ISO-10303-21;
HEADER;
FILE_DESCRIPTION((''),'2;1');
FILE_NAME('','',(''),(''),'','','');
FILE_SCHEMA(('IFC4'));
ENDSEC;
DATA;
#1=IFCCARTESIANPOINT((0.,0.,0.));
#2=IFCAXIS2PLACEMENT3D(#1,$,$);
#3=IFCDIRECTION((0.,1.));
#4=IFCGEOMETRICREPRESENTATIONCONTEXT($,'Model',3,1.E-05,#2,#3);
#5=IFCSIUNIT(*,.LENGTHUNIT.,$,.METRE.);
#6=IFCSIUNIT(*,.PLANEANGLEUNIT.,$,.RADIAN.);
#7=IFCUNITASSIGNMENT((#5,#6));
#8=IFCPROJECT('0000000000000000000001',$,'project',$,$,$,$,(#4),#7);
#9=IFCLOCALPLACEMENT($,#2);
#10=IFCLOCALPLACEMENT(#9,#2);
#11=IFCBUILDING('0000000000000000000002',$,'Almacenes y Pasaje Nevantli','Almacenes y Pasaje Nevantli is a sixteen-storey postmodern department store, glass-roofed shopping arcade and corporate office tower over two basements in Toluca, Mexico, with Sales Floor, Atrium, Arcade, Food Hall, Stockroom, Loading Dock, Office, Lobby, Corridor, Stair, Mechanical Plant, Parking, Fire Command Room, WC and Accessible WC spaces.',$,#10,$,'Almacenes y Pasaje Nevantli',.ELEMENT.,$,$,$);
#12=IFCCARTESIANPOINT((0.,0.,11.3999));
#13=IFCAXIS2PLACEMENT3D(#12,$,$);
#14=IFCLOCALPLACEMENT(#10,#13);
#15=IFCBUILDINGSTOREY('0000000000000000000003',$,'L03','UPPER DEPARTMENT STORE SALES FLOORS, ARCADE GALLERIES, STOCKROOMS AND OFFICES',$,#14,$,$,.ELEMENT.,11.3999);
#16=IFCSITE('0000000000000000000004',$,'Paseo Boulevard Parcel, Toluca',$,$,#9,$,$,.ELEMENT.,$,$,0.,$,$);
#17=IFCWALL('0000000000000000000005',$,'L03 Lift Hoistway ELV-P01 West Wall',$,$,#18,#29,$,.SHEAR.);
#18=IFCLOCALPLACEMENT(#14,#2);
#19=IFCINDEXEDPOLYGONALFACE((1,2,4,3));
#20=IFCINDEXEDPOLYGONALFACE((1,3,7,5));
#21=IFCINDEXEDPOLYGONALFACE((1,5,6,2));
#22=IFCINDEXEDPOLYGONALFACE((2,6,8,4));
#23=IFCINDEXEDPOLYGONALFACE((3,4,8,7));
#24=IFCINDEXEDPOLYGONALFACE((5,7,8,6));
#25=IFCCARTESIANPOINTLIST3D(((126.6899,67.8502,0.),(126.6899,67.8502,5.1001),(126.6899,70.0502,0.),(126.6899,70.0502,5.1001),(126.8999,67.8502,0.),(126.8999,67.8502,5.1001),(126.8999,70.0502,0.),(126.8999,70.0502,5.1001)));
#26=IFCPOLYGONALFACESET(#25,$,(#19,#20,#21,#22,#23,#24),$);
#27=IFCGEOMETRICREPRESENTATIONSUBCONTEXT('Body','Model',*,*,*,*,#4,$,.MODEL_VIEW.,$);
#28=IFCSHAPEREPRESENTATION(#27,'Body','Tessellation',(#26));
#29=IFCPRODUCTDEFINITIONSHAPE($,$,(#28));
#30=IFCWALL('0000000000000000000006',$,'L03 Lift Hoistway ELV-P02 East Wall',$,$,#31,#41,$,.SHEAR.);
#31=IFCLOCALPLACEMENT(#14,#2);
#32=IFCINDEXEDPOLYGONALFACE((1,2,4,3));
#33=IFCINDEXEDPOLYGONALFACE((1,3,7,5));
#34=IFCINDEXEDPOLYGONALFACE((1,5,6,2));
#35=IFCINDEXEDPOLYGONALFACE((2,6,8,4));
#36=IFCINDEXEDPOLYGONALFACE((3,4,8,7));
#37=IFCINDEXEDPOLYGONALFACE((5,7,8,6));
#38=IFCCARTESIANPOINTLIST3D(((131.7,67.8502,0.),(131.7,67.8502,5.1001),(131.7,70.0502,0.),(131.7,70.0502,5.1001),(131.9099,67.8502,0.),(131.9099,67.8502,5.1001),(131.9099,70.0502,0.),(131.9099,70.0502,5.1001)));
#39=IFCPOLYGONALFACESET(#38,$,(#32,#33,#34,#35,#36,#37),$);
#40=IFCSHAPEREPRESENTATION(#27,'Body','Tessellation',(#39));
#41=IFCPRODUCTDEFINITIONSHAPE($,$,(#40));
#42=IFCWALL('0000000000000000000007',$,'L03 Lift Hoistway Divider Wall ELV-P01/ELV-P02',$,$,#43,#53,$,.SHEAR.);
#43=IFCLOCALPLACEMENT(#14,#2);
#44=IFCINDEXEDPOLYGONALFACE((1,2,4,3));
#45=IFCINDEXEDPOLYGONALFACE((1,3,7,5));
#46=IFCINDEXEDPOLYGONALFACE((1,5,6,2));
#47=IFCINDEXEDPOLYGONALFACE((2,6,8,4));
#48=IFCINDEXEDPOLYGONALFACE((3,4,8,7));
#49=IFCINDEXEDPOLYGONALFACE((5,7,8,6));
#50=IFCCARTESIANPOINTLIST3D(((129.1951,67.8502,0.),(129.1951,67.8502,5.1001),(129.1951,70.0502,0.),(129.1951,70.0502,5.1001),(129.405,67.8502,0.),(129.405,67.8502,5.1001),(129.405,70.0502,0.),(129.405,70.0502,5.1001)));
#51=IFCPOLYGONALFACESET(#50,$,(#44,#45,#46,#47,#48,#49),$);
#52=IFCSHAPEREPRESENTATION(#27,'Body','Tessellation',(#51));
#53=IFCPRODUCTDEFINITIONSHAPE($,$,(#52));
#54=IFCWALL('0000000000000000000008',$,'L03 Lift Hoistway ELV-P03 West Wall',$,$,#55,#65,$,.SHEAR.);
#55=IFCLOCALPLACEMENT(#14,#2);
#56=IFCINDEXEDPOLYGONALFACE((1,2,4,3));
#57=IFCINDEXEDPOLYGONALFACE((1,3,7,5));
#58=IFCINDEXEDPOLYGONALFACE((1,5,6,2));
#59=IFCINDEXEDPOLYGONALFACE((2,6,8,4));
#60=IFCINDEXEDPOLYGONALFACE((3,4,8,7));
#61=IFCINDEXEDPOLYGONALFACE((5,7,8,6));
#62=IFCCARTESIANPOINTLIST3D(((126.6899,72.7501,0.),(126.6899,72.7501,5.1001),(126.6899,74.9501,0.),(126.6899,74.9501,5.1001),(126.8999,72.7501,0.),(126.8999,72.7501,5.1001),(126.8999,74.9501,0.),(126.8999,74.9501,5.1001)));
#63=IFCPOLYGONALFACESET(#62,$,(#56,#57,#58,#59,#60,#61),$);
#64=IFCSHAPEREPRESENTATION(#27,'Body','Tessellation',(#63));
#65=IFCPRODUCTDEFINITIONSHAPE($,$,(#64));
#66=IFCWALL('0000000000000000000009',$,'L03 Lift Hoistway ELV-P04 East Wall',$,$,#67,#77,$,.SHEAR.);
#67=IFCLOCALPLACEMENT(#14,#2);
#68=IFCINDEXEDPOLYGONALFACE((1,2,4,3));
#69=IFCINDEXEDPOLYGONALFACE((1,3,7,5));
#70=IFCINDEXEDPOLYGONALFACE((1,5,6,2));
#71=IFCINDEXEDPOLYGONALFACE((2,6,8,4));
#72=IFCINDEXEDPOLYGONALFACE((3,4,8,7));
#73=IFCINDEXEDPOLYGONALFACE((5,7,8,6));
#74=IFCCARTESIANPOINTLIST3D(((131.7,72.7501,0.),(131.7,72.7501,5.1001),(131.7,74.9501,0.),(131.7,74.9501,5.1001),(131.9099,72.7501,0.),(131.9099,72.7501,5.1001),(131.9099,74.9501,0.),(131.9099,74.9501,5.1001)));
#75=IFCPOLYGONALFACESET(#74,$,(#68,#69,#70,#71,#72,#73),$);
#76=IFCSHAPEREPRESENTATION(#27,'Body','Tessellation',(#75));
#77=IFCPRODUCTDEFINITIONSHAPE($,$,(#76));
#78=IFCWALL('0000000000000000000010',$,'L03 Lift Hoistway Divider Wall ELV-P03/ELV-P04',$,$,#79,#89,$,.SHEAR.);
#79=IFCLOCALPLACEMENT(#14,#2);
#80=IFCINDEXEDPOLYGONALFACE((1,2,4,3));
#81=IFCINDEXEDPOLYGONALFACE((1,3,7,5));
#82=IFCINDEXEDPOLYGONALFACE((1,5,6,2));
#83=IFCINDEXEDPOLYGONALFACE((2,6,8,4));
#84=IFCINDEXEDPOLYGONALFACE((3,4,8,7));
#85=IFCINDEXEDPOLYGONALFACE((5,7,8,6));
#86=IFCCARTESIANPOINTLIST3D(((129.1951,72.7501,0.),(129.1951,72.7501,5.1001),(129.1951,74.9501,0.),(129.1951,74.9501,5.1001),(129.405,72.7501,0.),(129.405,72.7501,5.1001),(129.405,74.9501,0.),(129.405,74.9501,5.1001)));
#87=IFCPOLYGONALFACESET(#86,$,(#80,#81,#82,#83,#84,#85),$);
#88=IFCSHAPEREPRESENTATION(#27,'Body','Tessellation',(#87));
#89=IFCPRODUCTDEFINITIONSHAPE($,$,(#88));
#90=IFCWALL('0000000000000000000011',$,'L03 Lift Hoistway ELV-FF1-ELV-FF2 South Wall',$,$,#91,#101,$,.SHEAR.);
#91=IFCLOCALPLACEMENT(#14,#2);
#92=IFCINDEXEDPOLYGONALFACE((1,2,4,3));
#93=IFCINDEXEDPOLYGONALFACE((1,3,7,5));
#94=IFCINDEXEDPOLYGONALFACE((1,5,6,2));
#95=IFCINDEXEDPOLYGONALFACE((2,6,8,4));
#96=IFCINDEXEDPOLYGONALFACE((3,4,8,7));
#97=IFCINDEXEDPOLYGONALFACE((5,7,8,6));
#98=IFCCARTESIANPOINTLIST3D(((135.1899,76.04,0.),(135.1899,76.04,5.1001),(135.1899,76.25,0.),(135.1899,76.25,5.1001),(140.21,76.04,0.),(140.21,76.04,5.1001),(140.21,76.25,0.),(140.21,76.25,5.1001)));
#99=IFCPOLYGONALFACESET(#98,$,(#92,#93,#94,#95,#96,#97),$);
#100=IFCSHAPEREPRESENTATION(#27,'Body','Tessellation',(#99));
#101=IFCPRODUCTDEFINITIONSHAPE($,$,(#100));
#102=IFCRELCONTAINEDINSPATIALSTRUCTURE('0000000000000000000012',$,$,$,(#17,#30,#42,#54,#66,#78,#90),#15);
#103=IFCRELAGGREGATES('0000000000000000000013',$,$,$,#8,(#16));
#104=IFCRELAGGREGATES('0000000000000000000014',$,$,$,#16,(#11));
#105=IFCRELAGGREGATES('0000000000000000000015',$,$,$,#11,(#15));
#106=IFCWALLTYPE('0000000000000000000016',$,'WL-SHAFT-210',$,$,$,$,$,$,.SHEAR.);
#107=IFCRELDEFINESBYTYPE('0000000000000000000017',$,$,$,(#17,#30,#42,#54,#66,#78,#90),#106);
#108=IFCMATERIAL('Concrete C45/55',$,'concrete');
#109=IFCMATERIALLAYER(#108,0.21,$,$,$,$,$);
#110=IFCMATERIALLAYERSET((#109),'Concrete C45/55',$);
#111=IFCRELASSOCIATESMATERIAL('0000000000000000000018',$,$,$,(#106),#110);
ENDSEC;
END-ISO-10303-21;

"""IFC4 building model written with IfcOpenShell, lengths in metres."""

from ifc_helpers import new_model, si_unit, direction, frame, frame_2d, origin, place, context, subcontext, project, spatial, rectangle, extrude, material, layer, layer_set, type_object, element, save


model = new_model("IFC4")

# Units and contexts
model_context = context("Model", 3, precision=1e-05, world=origin(), true_north=direction((0.0, 1.0)))
body_context = subcontext(model_context, "Body", "Model", "MODEL_VIEW")
ifc_project = project(units=[si_unit("LENGTHUNIT", "METRE"), si_unit("PLANEANGLEUNIT", "RADIAN")], contexts=[model_context])

# Site, building, storey
site_placement = place(None, origin())
site = spatial("IfcSite", under=ifc_project, at=site_placement, Name="Paseo Boulevard Parcel, Toluca", CompositionType="ELEMENT", RefElevation=0.0)
building_placement = place(site_placement, origin())
building = spatial("IfcBuilding", under=site, at=building_placement, Name="Almacenes y Pasaje Nevantli", Description="Almacenes y Pasaje Nevantli is a sixteen-storey postmodern department store, glass-roofed shopping arcade and corporate office tower over two basements in Toluca, Mexico, with Sales Floor, Atrium, Arcade, Food Hall, Stockroom, Loading Dock, Office, Lobby, Corridor, Stair, Mechanical Plant, Parking, Fire Command Room, WC and Accessible WC spaces.", LongName="Almacenes y Pasaje Nevantli", CompositionType="ELEMENT")
storey_placement = place(building_placement, frame((0.0, 0.0, 11.3999)))
storey = spatial("IfcBuildingStorey", under=building, at=storey_placement, Name="L03", Description="UPPER DEPARTMENT STORE SALES FLOORS, ARCADE GALLERIES, STOCKROOMS AND OFFICES", CompositionType="ELEMENT", Elevation=11.3999)

# Walls
ifc_material_1 = material(Name="Concrete C45/55", Category="concrete")
ifc_layer_1 = layer(ifc_material_1, 0.21)
ifc_layer_set_1 = layer_set([ifc_layer_1], Name="Concrete C45/55")
wall_type_1 = type_object("IfcWallType", Name="WL-SHAFT-210", PredefinedType="SHEAR", material=ifc_layer_set_1)
for number, where, z_axis, x_axis, name in (
    (1, (126.7949, 67.8501, 0.0), (0.0, 0.0, 1.0), (0.0, 1.0, 0.0), "L03 Lift Hoistway ELV-P01 West Wall"),
    (2, (131.8049, 67.8501, 0.0), (0.0, 0.0, 1.0), (0.0, 1.0, 0.0), "L03 Lift Hoistway ELV-P02 East Wall"),
    (3, (129.3, 67.8501, 0.0), (0.0, 0.0, 1.0), (0.0, 1.0, 0.0), "L03 Lift Hoistway Divider Wall ELV-P01/ELV-P02"),
    (4, (126.7949, 72.75, 0.0), (0.0, 0.0, 1.0), (0.0, 1.0, 0.0), "L03 Lift Hoistway ELV-P03 West Wall"),
    (5, (131.8049, 72.75, 0.0), (0.0, 0.0, 1.0), (0.0, 1.0, 0.0), "L03 Lift Hoistway ELV-P04 East Wall"),
    (6, (129.3, 72.75, 0.0), (0.0, 0.0, 1.0), (0.0, 1.0, 0.0), "L03 Lift Hoistway Divider Wall ELV-P03/ELV-P04"),
):
    element("IfcWall", number, at=place(storey_placement, frame(where, z_axis=z_axis, x_axis=x_axis)), inside=storey, type_object=wall_type_1, Name=name, PredefinedType="SHEAR", context=body_context, shape_type="SweptSolid", body=[
        extrude(rectangle(XDim=2.2, YDim=0.21, at=frame_2d((1.1001, 0.0))), origin(), (0.0, 0.0, 1.0), 5.1001),
    ])
wall_1_placement = place(storey_placement, frame((135.1899, 76.145, 0.0), z_axis=(0.0, 0.0, 1.0), x_axis=(1.0, 0.0, 0.0)))
element("IfcWall", 7, at=wall_1_placement, inside=storey, type_object=wall_type_1, Name="L03 Lift Hoistway ELV-FF1-ELV-FF2 South Wall", PredefinedType="SHEAR", context=body_context, shape_type="SweptSolid", body=[
    extrude(rectangle(XDim=5.02, YDim=0.21, at=frame_2d((2.51, 0.0))), origin(), (0.0, 0.0, 1.0), 5.1001),
])

save(model, "model.ifc")
